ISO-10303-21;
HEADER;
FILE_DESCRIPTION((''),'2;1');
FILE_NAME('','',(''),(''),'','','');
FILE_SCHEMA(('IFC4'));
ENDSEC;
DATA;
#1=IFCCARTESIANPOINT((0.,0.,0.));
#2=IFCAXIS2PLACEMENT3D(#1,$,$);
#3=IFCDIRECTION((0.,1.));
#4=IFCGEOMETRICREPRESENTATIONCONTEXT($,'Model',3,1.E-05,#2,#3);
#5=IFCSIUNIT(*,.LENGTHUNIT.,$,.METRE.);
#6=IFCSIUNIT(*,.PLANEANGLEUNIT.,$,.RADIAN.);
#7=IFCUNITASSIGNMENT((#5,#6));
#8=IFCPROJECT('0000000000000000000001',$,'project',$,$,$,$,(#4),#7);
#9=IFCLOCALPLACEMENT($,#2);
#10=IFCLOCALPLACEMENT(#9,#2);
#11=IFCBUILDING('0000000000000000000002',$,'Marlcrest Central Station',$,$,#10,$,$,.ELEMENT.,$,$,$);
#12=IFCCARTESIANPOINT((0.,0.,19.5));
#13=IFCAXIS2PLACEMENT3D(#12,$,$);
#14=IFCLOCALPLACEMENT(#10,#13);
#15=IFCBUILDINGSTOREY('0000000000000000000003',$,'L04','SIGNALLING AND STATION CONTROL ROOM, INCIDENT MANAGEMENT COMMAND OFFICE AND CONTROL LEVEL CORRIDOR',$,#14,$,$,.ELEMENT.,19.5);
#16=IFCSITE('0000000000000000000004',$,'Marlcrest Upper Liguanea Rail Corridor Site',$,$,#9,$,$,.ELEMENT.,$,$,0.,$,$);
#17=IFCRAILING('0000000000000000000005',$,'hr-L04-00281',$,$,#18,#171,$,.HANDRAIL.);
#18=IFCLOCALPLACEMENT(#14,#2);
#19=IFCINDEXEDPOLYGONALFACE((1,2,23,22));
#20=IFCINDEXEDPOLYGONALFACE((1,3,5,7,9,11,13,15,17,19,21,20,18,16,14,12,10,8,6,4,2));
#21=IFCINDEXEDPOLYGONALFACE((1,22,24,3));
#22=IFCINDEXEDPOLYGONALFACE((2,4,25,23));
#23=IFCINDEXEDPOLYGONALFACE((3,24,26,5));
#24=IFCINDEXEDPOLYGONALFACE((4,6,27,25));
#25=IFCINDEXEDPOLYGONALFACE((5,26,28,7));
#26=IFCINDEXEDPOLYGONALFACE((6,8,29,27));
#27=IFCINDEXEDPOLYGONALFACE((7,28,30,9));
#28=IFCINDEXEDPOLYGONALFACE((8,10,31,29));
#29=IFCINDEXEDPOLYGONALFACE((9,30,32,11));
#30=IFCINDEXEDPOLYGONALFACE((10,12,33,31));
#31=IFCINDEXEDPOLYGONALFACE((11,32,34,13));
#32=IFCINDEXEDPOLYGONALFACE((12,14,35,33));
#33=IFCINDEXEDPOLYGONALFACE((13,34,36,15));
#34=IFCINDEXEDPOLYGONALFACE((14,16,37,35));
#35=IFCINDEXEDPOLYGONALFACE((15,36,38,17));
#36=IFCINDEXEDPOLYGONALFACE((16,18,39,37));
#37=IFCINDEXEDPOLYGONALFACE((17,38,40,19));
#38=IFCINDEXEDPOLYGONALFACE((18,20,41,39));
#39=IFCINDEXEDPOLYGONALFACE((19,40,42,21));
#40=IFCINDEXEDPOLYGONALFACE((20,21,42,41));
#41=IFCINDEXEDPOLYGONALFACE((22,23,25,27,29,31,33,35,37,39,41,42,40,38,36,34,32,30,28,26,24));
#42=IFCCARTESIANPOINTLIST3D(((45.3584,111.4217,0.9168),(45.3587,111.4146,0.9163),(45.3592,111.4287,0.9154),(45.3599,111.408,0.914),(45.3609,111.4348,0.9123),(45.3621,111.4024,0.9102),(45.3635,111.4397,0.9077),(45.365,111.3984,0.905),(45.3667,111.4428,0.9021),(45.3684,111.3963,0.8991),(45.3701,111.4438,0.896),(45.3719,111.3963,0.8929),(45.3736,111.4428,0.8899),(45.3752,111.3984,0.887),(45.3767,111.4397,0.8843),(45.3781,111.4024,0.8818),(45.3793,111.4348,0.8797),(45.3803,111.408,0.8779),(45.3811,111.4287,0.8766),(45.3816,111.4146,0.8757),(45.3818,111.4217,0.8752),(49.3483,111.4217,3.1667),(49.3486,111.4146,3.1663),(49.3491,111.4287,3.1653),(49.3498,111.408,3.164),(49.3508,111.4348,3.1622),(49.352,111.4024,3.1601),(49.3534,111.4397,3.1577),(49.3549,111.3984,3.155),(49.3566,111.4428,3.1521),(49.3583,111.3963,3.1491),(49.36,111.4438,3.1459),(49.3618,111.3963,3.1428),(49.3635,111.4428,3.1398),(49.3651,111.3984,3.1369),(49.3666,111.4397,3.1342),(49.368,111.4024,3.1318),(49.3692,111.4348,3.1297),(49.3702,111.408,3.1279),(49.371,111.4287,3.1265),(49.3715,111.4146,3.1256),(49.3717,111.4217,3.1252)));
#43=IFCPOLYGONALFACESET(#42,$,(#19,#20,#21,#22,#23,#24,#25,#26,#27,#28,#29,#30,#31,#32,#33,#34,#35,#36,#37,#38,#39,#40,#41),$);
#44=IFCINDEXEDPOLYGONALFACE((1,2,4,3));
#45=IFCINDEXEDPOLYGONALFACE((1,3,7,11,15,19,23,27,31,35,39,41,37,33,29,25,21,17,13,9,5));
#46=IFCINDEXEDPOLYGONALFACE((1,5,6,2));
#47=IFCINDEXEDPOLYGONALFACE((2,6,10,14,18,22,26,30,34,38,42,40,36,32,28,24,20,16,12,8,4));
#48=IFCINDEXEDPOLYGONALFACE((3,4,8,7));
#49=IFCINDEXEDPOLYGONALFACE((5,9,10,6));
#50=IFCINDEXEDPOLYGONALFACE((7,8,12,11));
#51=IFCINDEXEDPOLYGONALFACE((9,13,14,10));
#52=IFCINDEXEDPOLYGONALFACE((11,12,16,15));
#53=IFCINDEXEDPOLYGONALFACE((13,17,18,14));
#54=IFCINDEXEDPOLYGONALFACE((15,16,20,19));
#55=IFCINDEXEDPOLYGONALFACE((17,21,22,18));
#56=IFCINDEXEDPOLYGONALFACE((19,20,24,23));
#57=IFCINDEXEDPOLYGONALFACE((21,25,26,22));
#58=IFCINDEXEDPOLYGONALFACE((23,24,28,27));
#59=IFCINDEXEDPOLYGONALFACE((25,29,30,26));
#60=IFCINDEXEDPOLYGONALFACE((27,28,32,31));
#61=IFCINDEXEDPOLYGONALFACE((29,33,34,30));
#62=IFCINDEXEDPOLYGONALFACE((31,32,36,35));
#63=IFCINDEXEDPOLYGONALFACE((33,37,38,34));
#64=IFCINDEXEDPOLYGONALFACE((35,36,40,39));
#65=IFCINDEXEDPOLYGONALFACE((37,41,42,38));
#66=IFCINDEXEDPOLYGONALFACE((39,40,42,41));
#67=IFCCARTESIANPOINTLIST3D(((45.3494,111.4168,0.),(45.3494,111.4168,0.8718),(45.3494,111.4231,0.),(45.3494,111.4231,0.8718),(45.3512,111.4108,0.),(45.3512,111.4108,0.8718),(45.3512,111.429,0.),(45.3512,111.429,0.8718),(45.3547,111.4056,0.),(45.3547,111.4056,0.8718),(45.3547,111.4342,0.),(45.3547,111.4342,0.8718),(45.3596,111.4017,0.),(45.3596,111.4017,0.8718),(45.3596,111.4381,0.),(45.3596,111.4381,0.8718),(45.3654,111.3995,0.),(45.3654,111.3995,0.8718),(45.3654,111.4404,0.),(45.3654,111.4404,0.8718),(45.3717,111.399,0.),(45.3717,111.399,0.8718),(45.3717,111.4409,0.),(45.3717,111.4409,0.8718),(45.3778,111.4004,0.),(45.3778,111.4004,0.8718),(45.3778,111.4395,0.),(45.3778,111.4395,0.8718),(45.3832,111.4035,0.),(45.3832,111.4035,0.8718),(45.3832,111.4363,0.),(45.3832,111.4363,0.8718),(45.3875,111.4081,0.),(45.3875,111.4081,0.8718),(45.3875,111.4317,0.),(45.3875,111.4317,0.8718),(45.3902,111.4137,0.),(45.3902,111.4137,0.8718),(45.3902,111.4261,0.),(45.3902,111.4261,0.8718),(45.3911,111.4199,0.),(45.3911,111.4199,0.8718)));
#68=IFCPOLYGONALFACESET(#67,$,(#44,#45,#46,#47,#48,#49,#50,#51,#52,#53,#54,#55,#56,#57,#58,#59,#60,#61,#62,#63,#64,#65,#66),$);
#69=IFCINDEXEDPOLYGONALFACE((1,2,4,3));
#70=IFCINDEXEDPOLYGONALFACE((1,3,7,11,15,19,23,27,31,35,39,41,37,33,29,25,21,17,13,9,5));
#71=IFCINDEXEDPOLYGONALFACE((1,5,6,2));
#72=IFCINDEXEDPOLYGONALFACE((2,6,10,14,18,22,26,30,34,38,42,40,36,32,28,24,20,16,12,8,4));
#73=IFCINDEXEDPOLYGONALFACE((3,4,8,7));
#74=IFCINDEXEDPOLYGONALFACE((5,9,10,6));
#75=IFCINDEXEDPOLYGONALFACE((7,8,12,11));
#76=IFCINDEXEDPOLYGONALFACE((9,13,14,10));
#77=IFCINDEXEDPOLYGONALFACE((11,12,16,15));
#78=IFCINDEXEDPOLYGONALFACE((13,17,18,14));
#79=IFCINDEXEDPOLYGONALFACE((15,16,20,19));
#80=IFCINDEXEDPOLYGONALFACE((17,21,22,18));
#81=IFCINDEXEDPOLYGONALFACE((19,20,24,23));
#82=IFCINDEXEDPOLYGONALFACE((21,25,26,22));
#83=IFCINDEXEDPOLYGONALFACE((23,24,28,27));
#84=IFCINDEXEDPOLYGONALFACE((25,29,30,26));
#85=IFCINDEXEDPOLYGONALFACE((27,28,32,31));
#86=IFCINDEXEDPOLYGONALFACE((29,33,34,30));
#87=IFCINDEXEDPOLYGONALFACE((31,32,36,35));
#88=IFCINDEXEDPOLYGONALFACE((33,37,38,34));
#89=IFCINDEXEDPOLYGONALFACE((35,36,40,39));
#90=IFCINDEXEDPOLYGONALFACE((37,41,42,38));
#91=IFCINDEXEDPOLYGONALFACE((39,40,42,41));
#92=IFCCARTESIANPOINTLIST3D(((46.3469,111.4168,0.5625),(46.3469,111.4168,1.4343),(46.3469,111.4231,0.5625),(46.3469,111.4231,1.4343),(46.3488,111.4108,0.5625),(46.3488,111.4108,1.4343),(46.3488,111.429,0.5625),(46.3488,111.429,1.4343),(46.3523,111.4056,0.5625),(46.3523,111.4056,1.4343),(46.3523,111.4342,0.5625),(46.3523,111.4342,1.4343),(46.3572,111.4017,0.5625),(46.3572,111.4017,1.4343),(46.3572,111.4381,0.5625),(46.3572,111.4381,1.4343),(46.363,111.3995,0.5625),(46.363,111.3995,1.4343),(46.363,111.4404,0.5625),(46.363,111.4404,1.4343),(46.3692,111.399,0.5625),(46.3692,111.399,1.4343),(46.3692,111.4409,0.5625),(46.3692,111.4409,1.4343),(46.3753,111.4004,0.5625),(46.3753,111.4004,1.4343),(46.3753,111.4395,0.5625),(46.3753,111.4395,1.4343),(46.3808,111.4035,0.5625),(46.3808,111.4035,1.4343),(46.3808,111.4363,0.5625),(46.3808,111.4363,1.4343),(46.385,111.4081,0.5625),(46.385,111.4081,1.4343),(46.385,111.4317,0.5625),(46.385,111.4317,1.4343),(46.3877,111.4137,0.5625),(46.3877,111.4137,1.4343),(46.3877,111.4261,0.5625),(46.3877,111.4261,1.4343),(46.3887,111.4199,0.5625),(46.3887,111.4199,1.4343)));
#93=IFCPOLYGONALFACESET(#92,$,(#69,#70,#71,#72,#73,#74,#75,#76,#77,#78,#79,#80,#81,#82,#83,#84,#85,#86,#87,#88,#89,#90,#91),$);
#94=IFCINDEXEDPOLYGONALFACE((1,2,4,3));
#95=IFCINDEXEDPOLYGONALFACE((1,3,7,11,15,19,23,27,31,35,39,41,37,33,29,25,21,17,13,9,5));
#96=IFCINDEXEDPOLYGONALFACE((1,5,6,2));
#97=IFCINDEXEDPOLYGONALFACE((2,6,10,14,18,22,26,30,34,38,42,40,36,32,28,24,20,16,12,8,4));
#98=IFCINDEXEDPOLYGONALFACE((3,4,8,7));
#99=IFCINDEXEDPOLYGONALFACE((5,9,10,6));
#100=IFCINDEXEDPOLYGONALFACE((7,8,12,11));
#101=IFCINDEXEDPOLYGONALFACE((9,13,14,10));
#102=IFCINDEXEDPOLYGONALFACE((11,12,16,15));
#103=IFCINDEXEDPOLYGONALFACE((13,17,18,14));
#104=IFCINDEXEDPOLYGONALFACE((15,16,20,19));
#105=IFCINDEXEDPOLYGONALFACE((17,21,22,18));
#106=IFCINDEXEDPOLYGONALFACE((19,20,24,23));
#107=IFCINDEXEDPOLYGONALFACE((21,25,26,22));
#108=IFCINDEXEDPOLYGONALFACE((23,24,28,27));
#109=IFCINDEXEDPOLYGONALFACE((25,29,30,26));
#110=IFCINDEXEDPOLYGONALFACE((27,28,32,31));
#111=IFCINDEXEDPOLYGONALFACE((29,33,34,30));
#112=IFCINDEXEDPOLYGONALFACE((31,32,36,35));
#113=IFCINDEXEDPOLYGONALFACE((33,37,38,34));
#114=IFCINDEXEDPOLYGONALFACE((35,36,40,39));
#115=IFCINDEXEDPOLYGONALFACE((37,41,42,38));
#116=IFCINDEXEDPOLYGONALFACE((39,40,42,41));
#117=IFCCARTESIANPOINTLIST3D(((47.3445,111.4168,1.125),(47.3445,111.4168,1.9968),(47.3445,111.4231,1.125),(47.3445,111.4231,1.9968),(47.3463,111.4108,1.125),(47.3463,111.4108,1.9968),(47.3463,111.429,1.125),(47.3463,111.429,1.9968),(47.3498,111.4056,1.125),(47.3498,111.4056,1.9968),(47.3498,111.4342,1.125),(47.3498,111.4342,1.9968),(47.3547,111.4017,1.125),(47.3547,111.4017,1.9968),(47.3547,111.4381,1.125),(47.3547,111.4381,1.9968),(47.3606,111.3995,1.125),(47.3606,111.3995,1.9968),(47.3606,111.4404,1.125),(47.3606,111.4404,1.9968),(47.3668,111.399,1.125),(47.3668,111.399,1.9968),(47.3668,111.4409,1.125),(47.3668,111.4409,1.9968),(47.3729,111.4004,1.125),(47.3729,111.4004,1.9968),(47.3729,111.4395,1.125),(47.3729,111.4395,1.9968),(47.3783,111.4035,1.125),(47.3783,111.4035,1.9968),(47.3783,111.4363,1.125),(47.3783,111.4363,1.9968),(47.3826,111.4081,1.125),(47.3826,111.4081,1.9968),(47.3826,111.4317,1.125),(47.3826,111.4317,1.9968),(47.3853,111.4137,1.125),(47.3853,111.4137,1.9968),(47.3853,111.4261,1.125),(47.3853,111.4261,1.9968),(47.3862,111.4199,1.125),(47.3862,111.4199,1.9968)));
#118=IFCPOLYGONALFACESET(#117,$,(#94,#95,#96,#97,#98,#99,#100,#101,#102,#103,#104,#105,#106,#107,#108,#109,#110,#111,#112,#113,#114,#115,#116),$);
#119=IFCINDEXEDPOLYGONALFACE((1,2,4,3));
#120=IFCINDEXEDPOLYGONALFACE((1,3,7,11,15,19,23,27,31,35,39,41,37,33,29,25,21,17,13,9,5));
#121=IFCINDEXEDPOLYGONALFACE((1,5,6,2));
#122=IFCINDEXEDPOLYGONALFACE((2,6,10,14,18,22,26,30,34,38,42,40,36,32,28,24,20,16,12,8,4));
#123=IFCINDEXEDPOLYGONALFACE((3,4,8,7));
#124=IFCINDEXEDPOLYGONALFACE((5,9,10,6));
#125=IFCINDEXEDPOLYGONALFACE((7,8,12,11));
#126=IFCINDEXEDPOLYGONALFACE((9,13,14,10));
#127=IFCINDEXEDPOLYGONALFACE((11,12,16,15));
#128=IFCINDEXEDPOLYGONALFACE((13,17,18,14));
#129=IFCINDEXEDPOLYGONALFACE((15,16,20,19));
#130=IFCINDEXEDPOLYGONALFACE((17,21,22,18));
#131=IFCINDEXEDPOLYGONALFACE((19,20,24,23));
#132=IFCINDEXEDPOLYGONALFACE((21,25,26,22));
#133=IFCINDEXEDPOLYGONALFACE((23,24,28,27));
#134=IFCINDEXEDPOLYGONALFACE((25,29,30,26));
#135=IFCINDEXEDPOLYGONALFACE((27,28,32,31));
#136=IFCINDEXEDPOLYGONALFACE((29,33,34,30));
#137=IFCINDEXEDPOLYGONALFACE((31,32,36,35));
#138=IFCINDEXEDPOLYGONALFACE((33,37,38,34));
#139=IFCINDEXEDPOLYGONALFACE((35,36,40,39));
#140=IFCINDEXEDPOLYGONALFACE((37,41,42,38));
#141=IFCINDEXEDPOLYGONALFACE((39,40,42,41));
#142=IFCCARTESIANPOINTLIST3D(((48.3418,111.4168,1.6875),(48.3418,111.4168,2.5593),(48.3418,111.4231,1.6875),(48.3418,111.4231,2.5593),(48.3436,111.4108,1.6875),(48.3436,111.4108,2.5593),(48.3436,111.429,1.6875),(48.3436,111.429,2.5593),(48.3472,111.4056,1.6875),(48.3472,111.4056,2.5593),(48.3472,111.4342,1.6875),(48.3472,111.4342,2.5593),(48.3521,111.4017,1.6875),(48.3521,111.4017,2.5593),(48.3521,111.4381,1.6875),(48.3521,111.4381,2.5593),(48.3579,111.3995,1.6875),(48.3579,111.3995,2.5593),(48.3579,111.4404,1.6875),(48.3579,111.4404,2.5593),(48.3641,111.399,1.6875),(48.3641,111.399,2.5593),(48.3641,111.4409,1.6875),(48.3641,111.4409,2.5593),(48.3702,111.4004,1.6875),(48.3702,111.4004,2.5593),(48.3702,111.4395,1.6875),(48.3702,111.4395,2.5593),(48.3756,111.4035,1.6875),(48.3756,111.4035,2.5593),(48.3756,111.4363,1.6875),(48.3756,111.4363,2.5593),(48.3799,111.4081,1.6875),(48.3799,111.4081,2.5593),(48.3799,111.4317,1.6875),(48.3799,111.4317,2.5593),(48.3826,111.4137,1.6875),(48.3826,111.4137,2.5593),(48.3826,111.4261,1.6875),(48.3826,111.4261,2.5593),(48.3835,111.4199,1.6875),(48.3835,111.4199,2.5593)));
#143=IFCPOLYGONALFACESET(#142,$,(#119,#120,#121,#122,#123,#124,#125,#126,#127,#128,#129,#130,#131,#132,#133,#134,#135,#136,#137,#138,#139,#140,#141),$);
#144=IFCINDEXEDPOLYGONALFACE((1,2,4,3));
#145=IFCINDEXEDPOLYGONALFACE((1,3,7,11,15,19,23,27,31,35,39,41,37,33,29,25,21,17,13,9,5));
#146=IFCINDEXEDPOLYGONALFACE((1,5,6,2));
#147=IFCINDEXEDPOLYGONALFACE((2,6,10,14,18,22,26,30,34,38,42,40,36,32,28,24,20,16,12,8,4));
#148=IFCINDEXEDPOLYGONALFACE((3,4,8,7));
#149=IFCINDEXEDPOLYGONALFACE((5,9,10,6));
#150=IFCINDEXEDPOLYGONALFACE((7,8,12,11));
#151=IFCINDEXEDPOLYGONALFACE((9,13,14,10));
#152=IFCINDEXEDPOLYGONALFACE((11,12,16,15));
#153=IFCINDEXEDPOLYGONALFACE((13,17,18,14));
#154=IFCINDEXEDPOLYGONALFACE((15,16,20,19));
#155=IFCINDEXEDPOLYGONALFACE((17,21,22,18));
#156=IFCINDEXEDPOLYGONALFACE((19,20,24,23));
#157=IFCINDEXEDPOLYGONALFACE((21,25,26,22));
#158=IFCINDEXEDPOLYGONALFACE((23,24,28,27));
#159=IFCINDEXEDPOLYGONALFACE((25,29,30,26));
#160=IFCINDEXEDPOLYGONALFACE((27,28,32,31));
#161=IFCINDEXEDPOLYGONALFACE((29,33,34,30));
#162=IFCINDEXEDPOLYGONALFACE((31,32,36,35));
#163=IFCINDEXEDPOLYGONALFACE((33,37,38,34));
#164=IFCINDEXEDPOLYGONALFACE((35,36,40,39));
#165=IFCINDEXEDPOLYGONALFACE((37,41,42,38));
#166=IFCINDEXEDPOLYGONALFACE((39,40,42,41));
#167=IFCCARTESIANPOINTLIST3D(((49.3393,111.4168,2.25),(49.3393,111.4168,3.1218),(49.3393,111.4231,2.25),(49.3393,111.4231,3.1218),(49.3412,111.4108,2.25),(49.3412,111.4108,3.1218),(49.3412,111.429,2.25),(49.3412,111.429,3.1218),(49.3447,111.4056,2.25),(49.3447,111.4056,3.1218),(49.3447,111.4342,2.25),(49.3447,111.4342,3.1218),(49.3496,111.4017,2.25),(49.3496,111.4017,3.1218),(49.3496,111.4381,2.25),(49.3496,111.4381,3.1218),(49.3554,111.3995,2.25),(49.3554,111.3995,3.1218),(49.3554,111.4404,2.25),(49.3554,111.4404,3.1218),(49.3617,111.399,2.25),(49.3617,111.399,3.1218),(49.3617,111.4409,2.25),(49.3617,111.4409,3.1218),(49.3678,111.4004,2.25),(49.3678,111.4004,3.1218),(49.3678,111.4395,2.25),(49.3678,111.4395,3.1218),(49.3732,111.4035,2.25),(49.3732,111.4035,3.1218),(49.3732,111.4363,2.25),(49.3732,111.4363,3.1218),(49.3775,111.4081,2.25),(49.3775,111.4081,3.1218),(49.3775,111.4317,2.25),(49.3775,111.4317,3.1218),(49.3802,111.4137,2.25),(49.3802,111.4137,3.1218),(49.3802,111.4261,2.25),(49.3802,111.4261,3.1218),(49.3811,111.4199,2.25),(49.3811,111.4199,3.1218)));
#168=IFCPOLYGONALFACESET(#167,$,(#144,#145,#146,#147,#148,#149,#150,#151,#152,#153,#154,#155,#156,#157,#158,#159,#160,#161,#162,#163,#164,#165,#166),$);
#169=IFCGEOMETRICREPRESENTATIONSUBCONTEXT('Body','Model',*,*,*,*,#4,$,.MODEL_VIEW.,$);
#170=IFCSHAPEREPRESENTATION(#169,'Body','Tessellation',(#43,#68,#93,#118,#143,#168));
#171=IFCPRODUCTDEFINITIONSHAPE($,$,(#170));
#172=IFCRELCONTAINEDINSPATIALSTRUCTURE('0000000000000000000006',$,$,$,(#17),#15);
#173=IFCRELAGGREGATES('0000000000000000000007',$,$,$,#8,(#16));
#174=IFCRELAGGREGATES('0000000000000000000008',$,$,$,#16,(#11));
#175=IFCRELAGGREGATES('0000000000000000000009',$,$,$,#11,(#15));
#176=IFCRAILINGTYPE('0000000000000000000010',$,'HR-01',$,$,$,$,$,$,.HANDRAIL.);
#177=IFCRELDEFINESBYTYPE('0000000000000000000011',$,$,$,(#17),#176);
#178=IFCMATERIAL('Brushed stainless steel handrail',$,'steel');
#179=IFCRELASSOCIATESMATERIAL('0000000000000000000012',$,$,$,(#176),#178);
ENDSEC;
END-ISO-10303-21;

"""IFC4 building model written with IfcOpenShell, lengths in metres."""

from ifc_helpers import new_model, si_unit, direction, frame, origin, origin_2d, place, context, subcontext, project, spatial, circle, extrude, material, type_object, element, save


model = new_model("IFC4")

# Units and contexts
model_context = context("Model", 3, precision=1e-05, world=origin(), true_north=direction((0.0, 1.0)))
body_context = subcontext(model_context, "Body", "Model", "MODEL_VIEW")
ifc_project = project(units=[si_unit("LENGTHUNIT", "METRE"), si_unit("PLANEANGLEUNIT", "RADIAN")], contexts=[model_context])

# Site, building, storey
site_placement = place(None, origin())
site = spatial("IfcSite", under=ifc_project, at=site_placement, Name="Marlcrest Upper Liguanea Rail Corridor Site", CompositionType="ELEMENT", RefElevation=0.0)
building_placement = place(site_placement, origin())
building = spatial("IfcBuilding", under=site, at=building_placement, Name="Marlcrest Central Station", CompositionType="ELEMENT")
storey_placement = place(building_placement, frame((0.0, 0.0, 19.5)))
storey = spatial("IfcBuildingStorey", under=building, at=storey_placement, Name="L04", Description="SIGNALLING AND STATION CONTROL ROOM, INCIDENT MANAGEMENT COMMAND OFFICE AND CONTROL LEVEL CORRIDOR", CompositionType="ELEMENT", Elevation=19.5)

# Railing
ifc_material_1 = material(Name="Brushed stainless steel handrail", Category="steel")
railing_type_1 = type_object("IfcRailingType", Name="HR-01", PredefinedType="HANDRAIL", material=ifc_material_1)
railing_1_placement = place(storey_placement, frame((45.3701, 111.4199, 0.0)))
element("IfcRailing", 1, at=railing_1_placement, inside=storey, type_object=railing_type_1, Name="hr-L04-00281", PredefinedType="HANDRAIL", context=body_context, shape_type="SweptSolid", body=[
    extrude(circle(Radius=0.0239, at=origin_2d()), frame((0.0, 0.0, 0.896), z_axis=(0.87105, 0.0, 0.491195), x_axis=(0.0, 1.0, 0.0)), (0.0, 0.0, 1.0), 4.5806),
    extrude(circle(Radius=0.021, at=origin_2d()), origin(), (0.0, 0.0, 1.0), 0.8718),
    extrude(circle(Radius=0.021, at=origin_2d()), frame((0.9976, 0.0, 0.5625)), (0.0, 0.0, 1.0), 0.8718),
    extrude(circle(Radius=0.021, at=origin_2d()), frame((1.9951, 0.0, 1.125)), (0.0, 0.0, 1.0), 0.8718),
    extrude(circle(Radius=0.021, at=origin_2d()), frame((2.9924, 0.0, 1.6875)), (0.0, 0.0, 1.0), 0.8718),
    extrude(circle(Radius=0.021, at=origin_2d()), frame((3.99, 0.0, 2.25)), (0.0, 0.0, 1.0), 0.8718),
])

save(model, "model.ifc")
